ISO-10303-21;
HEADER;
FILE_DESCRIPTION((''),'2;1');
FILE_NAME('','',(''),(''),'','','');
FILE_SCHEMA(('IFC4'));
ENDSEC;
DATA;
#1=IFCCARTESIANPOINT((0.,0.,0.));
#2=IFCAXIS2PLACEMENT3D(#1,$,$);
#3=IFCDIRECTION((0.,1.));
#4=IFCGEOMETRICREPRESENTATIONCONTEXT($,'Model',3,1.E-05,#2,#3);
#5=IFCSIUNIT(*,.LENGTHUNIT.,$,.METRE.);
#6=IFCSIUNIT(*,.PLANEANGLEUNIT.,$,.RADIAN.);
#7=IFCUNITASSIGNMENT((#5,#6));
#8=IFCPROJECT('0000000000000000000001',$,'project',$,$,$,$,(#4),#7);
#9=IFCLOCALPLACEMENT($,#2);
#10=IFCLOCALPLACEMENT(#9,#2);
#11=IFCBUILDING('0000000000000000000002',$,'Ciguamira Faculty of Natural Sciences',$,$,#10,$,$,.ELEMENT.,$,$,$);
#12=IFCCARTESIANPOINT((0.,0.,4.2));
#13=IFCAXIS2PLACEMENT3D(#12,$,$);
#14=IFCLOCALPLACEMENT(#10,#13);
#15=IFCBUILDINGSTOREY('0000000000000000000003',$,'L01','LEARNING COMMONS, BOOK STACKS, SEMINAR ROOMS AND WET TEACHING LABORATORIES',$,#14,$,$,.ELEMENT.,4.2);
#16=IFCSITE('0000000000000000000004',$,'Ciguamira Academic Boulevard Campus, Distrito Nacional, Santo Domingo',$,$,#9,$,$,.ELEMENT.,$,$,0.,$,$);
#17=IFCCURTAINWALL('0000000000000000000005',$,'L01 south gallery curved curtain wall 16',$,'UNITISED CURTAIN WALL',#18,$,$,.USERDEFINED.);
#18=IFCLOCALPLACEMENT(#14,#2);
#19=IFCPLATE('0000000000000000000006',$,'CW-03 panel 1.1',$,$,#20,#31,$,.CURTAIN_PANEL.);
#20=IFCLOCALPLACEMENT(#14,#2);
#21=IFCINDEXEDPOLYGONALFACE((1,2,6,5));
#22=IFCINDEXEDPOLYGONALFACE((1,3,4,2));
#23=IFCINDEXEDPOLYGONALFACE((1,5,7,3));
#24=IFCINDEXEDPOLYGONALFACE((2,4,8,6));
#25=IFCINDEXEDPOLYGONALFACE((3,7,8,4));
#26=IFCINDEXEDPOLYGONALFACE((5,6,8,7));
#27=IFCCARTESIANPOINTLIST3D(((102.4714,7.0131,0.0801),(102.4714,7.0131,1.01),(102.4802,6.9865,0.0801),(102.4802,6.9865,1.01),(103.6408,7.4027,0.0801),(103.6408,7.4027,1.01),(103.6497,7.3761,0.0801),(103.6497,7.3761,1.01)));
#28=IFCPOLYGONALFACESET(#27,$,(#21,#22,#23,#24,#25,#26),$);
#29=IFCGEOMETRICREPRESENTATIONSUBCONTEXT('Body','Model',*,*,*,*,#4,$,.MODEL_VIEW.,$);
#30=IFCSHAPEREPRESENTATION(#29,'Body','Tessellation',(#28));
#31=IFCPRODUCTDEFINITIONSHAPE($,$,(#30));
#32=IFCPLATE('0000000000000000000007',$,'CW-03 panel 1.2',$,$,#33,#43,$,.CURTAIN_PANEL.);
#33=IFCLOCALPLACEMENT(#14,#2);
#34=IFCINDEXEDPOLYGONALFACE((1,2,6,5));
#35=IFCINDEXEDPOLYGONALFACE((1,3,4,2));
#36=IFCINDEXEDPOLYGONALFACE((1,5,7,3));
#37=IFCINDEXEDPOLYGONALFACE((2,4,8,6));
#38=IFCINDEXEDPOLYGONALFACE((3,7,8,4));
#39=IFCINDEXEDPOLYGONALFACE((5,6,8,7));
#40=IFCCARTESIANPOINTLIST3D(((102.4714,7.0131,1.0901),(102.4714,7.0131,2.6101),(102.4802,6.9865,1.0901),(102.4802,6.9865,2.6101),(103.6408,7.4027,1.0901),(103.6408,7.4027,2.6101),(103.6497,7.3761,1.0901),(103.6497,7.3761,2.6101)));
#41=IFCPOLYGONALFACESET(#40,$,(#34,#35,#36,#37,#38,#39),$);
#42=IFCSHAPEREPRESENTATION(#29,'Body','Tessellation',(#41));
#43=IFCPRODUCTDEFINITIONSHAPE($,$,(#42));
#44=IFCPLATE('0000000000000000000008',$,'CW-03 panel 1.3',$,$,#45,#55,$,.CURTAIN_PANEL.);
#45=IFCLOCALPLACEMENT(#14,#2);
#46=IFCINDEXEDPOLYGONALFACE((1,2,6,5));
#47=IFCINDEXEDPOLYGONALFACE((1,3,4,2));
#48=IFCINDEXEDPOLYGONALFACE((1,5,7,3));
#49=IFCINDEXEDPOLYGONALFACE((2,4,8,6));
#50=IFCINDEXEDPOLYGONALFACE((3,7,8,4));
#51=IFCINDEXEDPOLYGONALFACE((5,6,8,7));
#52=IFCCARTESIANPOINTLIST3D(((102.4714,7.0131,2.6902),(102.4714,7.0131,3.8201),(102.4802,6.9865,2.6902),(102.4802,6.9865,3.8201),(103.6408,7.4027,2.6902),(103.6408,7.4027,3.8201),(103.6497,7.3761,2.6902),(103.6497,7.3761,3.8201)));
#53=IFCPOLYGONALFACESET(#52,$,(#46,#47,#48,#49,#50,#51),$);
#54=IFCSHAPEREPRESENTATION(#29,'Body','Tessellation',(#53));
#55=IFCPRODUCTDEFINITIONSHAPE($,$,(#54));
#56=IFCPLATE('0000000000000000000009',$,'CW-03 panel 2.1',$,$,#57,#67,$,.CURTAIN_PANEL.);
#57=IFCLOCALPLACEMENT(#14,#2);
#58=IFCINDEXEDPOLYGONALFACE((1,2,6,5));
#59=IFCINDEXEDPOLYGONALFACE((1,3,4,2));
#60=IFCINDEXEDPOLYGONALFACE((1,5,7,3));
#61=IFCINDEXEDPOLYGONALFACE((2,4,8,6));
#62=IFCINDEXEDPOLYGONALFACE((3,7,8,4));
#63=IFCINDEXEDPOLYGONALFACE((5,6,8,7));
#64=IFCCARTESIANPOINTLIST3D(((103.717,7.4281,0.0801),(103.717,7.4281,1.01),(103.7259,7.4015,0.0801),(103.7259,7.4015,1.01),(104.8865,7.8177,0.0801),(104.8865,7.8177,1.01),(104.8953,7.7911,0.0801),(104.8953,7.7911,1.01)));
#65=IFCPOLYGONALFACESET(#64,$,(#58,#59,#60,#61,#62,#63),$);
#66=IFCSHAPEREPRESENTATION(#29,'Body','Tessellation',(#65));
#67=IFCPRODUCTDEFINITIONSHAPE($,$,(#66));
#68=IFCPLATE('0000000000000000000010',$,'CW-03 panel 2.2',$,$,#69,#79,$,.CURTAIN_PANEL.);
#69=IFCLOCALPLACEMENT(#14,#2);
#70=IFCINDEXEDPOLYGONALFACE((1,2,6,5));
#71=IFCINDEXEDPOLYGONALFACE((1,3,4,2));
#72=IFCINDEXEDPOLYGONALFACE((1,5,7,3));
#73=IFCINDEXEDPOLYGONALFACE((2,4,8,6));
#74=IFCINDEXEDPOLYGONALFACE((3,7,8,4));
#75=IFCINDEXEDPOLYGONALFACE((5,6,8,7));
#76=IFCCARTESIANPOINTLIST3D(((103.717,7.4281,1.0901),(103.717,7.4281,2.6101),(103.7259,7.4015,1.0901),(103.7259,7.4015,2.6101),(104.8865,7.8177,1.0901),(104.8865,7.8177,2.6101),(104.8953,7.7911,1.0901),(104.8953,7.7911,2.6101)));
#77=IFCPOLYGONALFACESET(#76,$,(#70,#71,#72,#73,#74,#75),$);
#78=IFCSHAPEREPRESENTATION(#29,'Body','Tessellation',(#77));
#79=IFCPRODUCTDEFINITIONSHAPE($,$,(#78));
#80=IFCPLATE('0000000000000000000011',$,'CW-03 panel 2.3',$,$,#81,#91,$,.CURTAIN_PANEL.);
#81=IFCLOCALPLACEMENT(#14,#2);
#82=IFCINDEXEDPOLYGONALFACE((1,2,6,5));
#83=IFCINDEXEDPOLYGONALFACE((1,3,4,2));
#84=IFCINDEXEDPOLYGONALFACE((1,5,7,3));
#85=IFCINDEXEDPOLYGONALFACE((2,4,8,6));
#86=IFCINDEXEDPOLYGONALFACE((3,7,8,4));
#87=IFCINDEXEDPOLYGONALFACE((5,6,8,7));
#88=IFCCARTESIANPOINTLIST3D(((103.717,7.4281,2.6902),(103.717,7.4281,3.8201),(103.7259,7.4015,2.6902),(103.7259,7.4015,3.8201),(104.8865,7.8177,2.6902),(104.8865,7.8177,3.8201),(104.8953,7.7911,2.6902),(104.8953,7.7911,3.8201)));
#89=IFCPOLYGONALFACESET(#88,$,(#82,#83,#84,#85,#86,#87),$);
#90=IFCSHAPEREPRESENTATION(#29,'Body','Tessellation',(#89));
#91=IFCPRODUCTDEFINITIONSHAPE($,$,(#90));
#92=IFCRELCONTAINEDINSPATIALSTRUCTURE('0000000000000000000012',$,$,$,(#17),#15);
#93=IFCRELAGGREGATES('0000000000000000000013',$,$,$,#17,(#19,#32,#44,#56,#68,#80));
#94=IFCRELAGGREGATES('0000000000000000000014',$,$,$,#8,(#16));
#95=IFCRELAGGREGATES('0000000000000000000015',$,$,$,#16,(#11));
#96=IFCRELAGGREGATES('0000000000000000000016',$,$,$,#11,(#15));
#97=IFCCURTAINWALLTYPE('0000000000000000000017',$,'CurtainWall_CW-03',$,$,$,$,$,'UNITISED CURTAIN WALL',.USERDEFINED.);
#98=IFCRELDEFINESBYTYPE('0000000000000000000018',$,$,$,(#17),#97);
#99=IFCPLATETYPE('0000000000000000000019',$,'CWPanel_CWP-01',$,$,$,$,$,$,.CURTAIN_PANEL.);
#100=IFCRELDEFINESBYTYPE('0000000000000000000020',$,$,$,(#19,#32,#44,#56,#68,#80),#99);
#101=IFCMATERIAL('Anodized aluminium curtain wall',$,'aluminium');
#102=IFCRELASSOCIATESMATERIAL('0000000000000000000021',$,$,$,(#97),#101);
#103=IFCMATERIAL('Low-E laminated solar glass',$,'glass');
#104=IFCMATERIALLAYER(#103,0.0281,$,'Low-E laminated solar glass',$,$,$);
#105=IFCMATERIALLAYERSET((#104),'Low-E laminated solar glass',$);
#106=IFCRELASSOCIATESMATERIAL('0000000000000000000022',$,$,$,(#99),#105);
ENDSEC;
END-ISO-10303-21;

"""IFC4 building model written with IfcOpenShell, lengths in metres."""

from ifc_helpers import new_model, si_unit, direction, frame, origin, origin_2d, place, context, subcontext, project, spatial, rectangle, extrude, material, layer, layer_set, type_object, element, aggregate, save


model = new_model("IFC4")

# Units and contexts
model_context = context("Model", 3, precision=1e-05, world=origin(), true_north=direction((0.0, 1.0)))
body_context = subcontext(model_context, "Body", "Model", "MODEL_VIEW")
ifc_project = project(units=[si_unit("LENGTHUNIT", "METRE"), si_unit("PLANEANGLEUNIT", "RADIAN")], contexts=[model_context])

# Site, building, storey
site_placement = place(None, origin())
site = spatial("IfcSite", under=ifc_project, at=site_placement, Name="Ciguamira Academic Boulevard Campus, Distrito Nacional, Santo Domingo", CompositionType="ELEMENT", RefElevation=0.0)
building_placement = place(site_placement, origin())
building = spatial("IfcBuilding", under=site, at=building_placement, Name="Ciguamira Faculty of Natural Sciences", CompositionType="ELEMENT")
storey_placement = place(building_placement, frame((0.0, 0.0, 4.2)))
storey = spatial("IfcBuildingStorey", under=building, at=storey_placement, Name="L01", Description="LEARNING COMMONS, BOOK STACKS, SEMINAR ROOMS AND WET TEACHING LABORATORIES", CompositionType="ELEMENT", Elevation=4.2)

# Shared definitions
ifc_material_1 = material(Name="Anodized aluminium curtain wall", Category="aluminium")

# Curtain wall
curtain_wall_type_1 = type_object("IfcCurtainWallType", Name="CurtainWall_CW-03", ElementType="UNITISED CURTAIN WALL", PredefinedType="USERDEFINED", material=ifc_material_1)
curtain_wall_1_placement = place(storey_placement, origin())
curtain_wall_1 = element("IfcCurtainWall", 1, at=curtain_wall_1_placement, inside=storey, type_object=curtain_wall_type_1, Name="L01 south gallery curved curtain wall 16", ObjectType="UNITISED CURTAIN WALL", PredefinedType="USERDEFINED")

# Plates
ifc_material_2 = material(Name="Low-E laminated solar glass", Category="glass")
ifc_layer = layer(ifc_material_2, 0.0281, Name="Low-E laminated solar glass")
ifc_layer_set = layer_set([ifc_layer], Name="Low-E laminated solar glass")
plate_type = type_object("IfcPlateType", Name="CWPanel_CWP-01", PredefinedType="CURTAIN_PANEL", material=ifc_layer_set)
plate_1_placement = place(storey_placement, frame((103.0605, 7.1946, 0.0801), z_axis=(0.0, 0.0, 1.0), x_axis=(0.948735, 0.316073, 0.0)))
plate_1 = element("IfcPlate", 2, at=plate_1_placement, type_object=plate_type, Name="CW-03 panel 1.1", PredefinedType="CURTAIN_PANEL", context=body_context, shape_type="SweptSolid", body=[
    extrude(rectangle(XDim=1.2327, YDim=0.0281, at=origin_2d()), origin(), (0.0, 0.0, 1.0), 0.9299),
])
plate_2_placement = place(storey_placement, frame((103.0605, 7.1946, 1.0901), z_axis=(0.0, 0.0, 1.0), x_axis=(0.948735, 0.316073, 0.0)))
plate_2 = element("IfcPlate", 3, at=plate_2_placement, type_object=plate_type, Name="CW-03 panel 1.2", PredefinedType="CURTAIN_PANEL", context=body_context, shape_type="SweptSolid", body=[
    extrude(rectangle(XDim=1.2327, YDim=0.0281, at=origin_2d()), origin(), (0.0, 0.0, 1.0), 1.52),
])
plate_3_placement = place(storey_placement, frame((103.0605, 7.1946, 2.6902), z_axis=(0.0, 0.0, 1.0), x_axis=(0.948735, 0.316073, 0.0)))
plate_3 = element("IfcPlate", 4, at=plate_3_placement, type_object=plate_type, Name="CW-03 panel 1.3", PredefinedType="CURTAIN_PANEL", context=body_context, shape_type="SweptSolid", body=[
    extrude(rectangle(XDim=1.2327, YDim=0.0281, at=origin_2d()), origin(), (0.0, 0.0, 1.0), 1.1299),
])
plate_4_placement = place(storey_placement, frame((104.3062, 7.6096, 0.0801), z_axis=(0.0, 0.0, 1.0), x_axis=(0.948735, 0.316073, 0.0)))
plate_4 = element("IfcPlate", 5, at=plate_4_placement, type_object=plate_type, Name="CW-03 panel 2.1", PredefinedType="CURTAIN_PANEL", context=body_context, shape_type="SweptSolid", body=[
    extrude(rectangle(XDim=1.2327, YDim=0.0281, at=origin_2d()), origin(), (0.0, 0.0, 1.0), 0.9299),
])
plate_5_placement = place(storey_placement, frame((104.3062, 7.6096, 1.0901), z_axis=(0.0, 0.0, 1.0), x_axis=(0.948735, 0.316073, 0.0)))
plate_5 = element("IfcPlate", 6, at=plate_5_placement, type_object=plate_type, Name="CW-03 panel 2.2", PredefinedType="CURTAIN_PANEL", context=body_context, shape_type="SweptSolid", body=[
    extrude(rectangle(XDim=1.2327, YDim=0.0281, at=origin_2d()), origin(), (0.0, 0.0, 1.0), 1.52),
])
plate_6_placement = place(storey_placement, frame((104.3062, 7.6096, 2.6902), z_axis=(0.0, 0.0, 1.0), x_axis=(0.948735, 0.316073, 0.0)))
plate_6 = element("IfcPlate", 7, at=plate_6_placement, type_object=plate_type, Name="CW-03 panel 2.3", PredefinedType="CURTAIN_PANEL", context=body_context, shape_type="SweptSolid", body=[
    extrude(rectangle(XDim=1.2327, YDim=0.0281, at=origin_2d()), origin(), (0.0, 0.0, 1.0), 1.1299),
])
aggregate(curtain_wall_1, [plate_1, plate_2, plate_3, plate_4, plate_5, plate_6])

save(model, "model.ifc")
